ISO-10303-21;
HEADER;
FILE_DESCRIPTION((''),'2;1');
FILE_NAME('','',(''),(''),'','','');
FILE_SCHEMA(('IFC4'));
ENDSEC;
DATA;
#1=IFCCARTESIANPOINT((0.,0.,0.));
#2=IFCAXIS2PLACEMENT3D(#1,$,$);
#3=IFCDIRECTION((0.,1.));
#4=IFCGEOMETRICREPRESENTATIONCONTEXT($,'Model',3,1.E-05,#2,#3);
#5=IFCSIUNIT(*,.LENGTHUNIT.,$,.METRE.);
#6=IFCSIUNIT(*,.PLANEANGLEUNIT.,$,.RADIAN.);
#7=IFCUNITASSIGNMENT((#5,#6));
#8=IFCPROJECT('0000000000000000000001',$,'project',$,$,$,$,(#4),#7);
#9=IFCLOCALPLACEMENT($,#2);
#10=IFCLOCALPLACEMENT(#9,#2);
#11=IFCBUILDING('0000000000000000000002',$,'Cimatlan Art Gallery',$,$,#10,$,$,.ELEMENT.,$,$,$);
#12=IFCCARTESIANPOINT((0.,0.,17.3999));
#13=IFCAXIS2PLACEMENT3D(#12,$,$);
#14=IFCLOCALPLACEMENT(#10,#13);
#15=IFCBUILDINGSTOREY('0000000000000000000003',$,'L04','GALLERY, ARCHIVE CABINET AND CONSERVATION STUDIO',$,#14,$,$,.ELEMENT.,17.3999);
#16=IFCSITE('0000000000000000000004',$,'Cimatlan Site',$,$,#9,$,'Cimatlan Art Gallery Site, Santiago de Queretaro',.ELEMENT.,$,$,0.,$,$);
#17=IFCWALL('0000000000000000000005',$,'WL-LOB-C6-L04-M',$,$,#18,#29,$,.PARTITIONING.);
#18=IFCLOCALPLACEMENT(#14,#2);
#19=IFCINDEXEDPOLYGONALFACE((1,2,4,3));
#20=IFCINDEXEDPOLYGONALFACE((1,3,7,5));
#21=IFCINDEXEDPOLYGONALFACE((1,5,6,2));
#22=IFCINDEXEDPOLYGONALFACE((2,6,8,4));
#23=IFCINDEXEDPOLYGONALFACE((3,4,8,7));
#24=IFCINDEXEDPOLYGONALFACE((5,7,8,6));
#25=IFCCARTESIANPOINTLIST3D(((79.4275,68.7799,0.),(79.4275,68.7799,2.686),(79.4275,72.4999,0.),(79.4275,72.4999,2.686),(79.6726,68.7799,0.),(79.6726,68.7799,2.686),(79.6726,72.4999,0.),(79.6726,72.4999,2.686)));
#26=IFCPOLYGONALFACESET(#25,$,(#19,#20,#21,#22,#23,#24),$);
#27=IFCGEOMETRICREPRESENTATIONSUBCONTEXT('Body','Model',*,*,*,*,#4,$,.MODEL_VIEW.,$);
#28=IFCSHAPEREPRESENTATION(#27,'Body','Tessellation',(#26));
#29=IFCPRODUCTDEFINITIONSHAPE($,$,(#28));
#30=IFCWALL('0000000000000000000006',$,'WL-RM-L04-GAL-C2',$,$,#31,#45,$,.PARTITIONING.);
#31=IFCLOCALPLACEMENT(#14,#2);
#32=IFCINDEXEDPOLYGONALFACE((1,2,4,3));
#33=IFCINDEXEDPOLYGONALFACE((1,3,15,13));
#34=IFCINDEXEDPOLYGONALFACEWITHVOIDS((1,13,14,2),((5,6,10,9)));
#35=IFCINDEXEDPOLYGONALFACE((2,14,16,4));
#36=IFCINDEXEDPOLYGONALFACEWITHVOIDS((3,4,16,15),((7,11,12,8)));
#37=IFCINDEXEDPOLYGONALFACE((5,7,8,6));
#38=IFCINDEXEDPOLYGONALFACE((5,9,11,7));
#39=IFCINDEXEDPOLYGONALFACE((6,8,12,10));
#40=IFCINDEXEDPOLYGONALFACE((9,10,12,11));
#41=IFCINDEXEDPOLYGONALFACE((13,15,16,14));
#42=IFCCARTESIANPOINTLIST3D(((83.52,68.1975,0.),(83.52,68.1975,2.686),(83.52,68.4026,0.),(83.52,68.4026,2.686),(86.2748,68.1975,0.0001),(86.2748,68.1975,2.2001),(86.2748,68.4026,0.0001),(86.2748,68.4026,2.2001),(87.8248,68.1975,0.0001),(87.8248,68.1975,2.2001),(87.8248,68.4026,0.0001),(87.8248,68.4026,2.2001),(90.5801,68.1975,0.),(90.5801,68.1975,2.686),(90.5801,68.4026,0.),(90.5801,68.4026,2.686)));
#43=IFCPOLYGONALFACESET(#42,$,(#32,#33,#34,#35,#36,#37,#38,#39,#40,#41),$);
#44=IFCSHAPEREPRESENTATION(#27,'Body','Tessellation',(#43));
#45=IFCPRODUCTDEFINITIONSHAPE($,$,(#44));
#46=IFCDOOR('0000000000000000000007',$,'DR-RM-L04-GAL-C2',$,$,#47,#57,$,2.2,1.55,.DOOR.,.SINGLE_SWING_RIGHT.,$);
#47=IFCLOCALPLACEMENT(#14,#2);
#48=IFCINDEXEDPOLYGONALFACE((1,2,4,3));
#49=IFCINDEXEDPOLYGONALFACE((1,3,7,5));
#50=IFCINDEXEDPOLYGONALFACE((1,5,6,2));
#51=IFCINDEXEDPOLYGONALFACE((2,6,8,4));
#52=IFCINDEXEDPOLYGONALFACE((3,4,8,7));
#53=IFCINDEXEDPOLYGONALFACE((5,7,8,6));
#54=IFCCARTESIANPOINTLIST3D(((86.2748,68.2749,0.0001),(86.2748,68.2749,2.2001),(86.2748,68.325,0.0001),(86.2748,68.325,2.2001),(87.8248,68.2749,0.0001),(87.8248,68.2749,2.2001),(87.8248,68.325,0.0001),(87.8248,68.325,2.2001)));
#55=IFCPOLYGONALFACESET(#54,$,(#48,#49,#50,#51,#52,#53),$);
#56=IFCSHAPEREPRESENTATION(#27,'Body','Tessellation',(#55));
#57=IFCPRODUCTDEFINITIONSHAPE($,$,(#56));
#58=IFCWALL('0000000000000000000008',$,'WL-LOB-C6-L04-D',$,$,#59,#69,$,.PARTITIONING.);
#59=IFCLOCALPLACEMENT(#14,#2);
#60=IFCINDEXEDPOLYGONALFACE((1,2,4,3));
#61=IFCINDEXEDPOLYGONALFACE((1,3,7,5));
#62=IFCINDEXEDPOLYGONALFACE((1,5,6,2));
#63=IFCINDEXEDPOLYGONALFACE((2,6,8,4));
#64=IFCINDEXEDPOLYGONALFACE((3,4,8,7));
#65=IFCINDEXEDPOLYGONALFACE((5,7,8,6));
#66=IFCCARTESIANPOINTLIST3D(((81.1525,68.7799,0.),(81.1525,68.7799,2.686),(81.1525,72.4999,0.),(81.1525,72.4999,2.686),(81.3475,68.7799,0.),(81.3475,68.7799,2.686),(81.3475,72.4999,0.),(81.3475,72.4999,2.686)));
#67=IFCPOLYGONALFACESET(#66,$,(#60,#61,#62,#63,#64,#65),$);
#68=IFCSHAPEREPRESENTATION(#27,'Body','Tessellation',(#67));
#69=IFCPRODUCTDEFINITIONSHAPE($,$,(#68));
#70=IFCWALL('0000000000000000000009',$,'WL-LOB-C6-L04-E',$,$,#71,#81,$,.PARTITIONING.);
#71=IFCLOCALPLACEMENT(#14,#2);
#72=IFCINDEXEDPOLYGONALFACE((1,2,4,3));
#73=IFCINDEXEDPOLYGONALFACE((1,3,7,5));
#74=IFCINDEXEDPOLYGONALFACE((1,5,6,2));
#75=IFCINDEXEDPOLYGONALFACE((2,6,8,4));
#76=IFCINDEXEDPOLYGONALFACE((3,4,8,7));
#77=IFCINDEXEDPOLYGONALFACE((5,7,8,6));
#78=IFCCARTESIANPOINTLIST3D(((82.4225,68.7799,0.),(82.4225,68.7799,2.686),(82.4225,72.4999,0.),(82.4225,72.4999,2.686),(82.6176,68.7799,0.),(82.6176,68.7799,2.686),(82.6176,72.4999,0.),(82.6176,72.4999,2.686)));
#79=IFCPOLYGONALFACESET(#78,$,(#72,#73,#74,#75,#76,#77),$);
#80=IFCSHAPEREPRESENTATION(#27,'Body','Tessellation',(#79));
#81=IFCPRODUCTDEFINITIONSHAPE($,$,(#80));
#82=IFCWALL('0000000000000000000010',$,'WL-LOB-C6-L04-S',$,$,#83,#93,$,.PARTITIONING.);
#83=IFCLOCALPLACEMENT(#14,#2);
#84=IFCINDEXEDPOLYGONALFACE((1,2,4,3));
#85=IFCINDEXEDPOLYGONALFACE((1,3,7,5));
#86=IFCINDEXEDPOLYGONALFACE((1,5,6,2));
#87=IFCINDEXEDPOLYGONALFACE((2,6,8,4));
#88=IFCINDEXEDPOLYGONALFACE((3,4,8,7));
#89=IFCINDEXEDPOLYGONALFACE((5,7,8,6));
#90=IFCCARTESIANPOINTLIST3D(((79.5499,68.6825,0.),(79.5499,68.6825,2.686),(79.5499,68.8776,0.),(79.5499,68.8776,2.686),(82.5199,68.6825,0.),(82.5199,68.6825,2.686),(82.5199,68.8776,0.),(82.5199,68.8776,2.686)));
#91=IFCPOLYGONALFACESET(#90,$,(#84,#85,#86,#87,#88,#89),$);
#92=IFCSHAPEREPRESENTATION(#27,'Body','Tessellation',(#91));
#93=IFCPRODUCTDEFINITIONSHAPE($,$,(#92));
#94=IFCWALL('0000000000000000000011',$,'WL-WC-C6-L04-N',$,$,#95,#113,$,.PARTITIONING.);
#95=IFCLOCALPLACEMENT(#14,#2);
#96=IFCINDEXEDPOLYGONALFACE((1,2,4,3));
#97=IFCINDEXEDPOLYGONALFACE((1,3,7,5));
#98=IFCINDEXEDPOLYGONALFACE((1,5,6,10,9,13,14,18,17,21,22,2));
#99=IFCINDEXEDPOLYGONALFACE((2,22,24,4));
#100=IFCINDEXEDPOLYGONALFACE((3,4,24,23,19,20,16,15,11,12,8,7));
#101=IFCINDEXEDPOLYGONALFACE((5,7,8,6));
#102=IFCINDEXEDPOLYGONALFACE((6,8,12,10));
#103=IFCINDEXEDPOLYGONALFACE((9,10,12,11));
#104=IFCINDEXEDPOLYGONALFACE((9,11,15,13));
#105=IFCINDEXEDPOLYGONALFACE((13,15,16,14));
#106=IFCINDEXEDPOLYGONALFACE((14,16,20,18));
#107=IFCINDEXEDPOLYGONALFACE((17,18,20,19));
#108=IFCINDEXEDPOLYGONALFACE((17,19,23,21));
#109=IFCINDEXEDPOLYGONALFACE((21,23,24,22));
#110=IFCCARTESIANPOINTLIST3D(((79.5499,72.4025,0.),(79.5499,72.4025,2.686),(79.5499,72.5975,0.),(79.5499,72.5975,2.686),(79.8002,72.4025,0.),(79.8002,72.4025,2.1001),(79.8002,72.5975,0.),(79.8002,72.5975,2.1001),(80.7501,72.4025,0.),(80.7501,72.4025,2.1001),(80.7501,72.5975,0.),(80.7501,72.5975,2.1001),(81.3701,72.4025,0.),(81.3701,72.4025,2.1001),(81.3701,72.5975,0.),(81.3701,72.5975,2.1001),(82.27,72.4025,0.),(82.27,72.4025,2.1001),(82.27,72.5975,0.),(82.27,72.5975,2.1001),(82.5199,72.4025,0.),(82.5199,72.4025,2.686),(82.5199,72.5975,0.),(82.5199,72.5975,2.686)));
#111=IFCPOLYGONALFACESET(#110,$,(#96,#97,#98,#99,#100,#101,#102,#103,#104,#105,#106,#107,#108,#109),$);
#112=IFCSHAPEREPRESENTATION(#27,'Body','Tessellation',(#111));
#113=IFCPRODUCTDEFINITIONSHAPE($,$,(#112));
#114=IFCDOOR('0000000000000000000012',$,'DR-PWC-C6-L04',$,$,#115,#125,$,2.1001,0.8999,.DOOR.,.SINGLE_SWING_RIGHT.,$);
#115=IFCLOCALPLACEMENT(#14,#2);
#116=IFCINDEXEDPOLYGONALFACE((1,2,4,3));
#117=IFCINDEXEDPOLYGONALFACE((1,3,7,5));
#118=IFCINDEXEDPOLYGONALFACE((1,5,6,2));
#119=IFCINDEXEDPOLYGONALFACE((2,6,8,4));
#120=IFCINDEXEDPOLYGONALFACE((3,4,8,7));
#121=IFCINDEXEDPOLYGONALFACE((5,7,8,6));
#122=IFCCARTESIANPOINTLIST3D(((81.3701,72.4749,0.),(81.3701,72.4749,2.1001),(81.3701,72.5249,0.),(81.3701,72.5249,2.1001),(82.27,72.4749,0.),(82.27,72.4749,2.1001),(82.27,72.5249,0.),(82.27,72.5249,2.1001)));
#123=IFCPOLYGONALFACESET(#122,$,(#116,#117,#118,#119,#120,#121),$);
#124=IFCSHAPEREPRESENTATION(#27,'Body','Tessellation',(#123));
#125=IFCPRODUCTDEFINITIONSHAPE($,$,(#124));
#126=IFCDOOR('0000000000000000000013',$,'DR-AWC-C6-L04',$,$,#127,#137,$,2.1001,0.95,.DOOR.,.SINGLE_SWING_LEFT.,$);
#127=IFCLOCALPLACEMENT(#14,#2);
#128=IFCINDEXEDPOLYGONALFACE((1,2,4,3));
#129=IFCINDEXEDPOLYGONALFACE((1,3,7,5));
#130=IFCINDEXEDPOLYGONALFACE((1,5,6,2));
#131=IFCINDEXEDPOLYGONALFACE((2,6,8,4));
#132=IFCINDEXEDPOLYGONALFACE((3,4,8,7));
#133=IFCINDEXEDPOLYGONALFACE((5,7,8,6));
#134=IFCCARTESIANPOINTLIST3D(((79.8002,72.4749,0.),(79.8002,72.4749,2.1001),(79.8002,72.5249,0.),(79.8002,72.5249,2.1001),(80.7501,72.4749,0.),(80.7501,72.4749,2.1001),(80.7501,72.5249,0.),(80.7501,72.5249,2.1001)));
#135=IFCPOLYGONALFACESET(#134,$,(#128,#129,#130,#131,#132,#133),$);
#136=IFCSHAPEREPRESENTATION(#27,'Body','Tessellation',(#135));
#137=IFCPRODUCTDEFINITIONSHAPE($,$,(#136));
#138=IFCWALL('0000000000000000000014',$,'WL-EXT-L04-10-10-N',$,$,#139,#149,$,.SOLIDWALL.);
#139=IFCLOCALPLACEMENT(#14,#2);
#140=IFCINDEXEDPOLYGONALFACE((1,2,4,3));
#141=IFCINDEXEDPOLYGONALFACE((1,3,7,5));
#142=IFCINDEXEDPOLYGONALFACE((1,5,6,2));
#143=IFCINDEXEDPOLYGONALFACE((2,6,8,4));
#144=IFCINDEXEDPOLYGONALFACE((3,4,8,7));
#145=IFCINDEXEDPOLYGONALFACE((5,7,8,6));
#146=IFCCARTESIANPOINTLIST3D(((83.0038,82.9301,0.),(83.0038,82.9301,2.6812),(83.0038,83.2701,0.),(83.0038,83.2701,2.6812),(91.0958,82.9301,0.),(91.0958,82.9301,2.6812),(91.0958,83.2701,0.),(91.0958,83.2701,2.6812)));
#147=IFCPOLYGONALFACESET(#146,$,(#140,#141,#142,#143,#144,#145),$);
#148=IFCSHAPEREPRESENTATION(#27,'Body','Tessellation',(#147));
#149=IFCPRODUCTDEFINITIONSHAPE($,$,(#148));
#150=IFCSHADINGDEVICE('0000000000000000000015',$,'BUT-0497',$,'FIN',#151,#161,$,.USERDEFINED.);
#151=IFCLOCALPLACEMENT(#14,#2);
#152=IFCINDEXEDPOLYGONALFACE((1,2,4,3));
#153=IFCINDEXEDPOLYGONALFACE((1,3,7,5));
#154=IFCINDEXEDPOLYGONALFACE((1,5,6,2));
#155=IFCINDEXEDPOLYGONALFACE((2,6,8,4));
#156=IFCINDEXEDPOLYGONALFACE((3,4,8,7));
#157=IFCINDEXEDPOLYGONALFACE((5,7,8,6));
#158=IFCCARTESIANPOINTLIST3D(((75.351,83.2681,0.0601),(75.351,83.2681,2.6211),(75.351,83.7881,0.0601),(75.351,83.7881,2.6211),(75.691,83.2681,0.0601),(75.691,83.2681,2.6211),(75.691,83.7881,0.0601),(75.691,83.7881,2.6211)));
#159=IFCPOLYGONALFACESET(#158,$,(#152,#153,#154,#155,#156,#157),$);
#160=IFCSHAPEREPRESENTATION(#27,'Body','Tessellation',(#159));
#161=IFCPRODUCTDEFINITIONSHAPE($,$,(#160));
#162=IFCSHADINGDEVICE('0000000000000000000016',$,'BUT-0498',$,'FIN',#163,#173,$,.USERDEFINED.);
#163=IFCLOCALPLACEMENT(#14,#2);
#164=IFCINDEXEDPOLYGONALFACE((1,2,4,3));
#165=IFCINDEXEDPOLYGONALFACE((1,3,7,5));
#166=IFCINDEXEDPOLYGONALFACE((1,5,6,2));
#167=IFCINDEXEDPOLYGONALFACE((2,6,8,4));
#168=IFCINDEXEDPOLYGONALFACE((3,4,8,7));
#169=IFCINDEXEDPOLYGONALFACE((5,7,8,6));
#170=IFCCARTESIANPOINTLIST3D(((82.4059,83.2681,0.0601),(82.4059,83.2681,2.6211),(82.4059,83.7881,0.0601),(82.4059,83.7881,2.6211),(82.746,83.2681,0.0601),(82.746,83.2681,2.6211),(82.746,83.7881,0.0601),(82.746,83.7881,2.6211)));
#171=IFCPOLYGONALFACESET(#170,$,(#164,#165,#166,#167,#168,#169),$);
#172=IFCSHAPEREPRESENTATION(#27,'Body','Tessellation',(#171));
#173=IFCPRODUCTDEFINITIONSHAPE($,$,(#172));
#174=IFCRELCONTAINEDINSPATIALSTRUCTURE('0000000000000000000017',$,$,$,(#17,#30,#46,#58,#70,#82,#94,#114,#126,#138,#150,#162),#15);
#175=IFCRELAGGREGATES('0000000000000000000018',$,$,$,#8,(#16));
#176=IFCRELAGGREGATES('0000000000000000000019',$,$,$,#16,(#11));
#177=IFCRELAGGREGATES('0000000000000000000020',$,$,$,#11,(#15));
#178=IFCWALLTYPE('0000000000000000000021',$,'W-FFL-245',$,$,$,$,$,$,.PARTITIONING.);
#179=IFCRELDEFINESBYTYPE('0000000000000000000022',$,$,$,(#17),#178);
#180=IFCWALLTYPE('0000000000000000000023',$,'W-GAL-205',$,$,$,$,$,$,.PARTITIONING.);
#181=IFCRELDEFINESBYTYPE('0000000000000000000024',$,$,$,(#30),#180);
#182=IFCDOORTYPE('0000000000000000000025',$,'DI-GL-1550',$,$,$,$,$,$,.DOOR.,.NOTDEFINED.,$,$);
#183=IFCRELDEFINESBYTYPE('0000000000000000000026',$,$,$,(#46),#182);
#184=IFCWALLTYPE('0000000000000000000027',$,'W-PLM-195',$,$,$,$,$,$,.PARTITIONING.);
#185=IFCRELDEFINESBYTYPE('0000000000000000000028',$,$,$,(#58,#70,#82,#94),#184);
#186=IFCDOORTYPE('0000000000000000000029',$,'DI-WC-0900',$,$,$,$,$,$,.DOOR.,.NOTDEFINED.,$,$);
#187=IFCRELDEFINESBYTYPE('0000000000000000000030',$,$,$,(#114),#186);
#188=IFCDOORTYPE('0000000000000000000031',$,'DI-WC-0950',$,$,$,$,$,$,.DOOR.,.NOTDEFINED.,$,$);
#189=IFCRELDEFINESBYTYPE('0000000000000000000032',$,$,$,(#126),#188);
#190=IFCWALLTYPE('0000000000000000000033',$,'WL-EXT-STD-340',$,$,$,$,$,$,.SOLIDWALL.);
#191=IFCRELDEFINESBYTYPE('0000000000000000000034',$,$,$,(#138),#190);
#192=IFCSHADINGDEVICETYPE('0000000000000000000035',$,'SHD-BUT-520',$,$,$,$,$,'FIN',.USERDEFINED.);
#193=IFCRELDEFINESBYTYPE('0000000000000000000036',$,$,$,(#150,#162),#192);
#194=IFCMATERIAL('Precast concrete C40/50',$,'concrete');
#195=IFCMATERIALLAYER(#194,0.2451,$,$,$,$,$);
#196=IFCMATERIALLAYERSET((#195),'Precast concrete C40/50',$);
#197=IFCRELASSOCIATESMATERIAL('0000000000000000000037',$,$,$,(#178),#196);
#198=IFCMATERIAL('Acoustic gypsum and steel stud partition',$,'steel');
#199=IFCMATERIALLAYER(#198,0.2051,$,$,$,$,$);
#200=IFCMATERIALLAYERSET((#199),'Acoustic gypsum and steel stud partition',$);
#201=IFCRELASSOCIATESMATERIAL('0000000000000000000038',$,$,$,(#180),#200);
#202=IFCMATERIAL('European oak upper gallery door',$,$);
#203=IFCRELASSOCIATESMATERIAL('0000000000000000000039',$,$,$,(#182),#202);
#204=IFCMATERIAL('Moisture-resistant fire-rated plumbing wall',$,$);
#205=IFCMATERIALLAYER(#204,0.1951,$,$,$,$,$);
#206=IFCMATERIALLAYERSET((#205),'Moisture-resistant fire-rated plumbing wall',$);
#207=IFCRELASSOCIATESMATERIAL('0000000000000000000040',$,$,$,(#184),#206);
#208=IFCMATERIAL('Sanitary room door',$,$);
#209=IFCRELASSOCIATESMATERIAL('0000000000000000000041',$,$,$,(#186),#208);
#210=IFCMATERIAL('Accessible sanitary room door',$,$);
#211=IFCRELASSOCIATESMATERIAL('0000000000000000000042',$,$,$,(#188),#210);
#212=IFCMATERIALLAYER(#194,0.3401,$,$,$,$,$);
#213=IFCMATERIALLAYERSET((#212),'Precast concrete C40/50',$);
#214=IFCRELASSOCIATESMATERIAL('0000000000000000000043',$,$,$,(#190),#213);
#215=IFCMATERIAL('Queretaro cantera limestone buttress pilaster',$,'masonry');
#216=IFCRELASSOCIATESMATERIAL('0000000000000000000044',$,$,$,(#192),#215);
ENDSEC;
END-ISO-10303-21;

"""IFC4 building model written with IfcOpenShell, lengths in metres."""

from ifc_helpers import new_model, si_unit, direction, frame, frame_2d, origin, origin_2d, place, context, subcontext, project, spatial, rectangle, extrude, material, layer, layer_set, type_object, element, fill, save


model = new_model("IFC4")

# Units and contexts
model_context = context("Model", 3, precision=1e-05, world=origin(), true_north=direction((0.0, 1.0)))
body_context = subcontext(model_context, "Body", "Model", "MODEL_VIEW")
ifc_project = project(units=[si_unit("LENGTHUNIT", "METRE"), si_unit("PLANEANGLEUNIT", "RADIAN")], contexts=[model_context])

# Site, building, storey
site_placement = place(None, origin())
site = spatial("IfcSite", under=ifc_project, at=site_placement, Name="Cimatlan Site", LongName="Cimatlan Art Gallery Site, Santiago de Queretaro", CompositionType="ELEMENT", RefElevation=0.0)
building_placement = place(site_placement, origin())
building = spatial("IfcBuilding", under=site, at=building_placement, Name="Cimatlan Art Gallery", CompositionType="ELEMENT")
storey_placement = place(building_placement, frame((0.0, 0.0, 17.3999)))
storey = spatial("IfcBuildingStorey", under=building, at=storey_placement, Name="L04", Description="GALLERY, ARCHIVE CABINET AND CONSERVATION STUDIO", CompositionType="ELEMENT", Elevation=17.3999)

# Wall
ifc_material_1 = material(Name="Precast concrete C40/50", Category="concrete")
ifc_layer_1 = layer(ifc_material_1, 0.2451)
ifc_layer_set_1 = layer_set([ifc_layer_1], Name="Precast concrete C40/50")
wall_type_1 = type_object("IfcWallType", Name="W-FFL-245", PredefinedType="PARTITIONING", material=ifc_layer_set_1)
wall_1_placement = place(storey_placement, frame((79.55, 68.78, 0.0), z_axis=(0.0, 0.0, 1.0), x_axis=(0.0, 1.0, 0.0)))
element("IfcWall", 1, at=wall_1_placement, inside=storey, type_object=wall_type_1, Name="WL-LOB-C6-L04-M", PredefinedType="PARTITIONING", context=body_context, shape_type="SweptSolid", body=[
    extrude(rectangle(XDim=3.72, YDim=0.2451, at=frame_2d((1.8599, 0.0))), origin(), (0.0, 0.0, 1.0), 2.686),
])

# Wall, opening, door
ifc_material_2 = material(Name="Acoustic gypsum and steel stud partition", Category="steel")
ifc_layer_2 = layer(ifc_material_2, 0.2051)
ifc_layer_set_2 = layer_set([ifc_layer_2], Name="Acoustic gypsum and steel stud partition")
wall_type_2 = type_object("IfcWallType", Name="W-GAL-205", PredefinedType="PARTITIONING", material=ifc_layer_set_2)
wall_2_placement = place(storey_placement, frame((83.52, 68.3, 0.0), z_axis=(0.0, 0.0, 1.0), x_axis=(1.0, 0.0, 0.0)))
wall_2 = element("IfcWall", 2, at=wall_2_placement, inside=storey, type_object=wall_type_2, Name="WL-RM-L04-GAL-C2", PredefinedType="PARTITIONING", context=body_context, shape_type="SweptSolid", body=[
    extrude(rectangle(XDim=7.0601, YDim=0.2051, at=frame_2d((3.53, 0.0))), origin(), (0.0, 0.0, 1.0), 2.686),
])
opening_1_placement = place(wall_2_placement, frame((2.7549, 0.0, 0.0)))
opening_1 = element("IfcOpeningElement", 3, at=opening_1_placement, cuts=wall_2, PredefinedType="OPENING", context=body_context, shape_type="SweptSolid", body=[
    extrude(rectangle(XDim=1.55, YDim=2.2, at=frame_2d((0.7749, 1.1001))), frame((0.0, 0.1125, 0.0), z_axis=(0.0, -1.0, 0.0), x_axis=(1.0, 0.0, 0.0)), (0.0, 0.0, 1.0), 0.2251),
])
ifc_material_3 = material(Name="European oak upper gallery door")
door_type_1 = type_object("IfcDoorType", Name="DI-GL-1550", OperationType="NOTDEFINED", PredefinedType="DOOR", material=ifc_material_3)
door_1_placement = place(opening_1_placement, origin())
door_1 = element("IfcDoor", 4, at=door_1_placement, inside=storey, type_object=door_type_1, Name="DR-RM-L04-GAL-C2", OperationType="SINGLE_SWING_RIGHT", OverallHeight=2.2, OverallWidth=1.55, PredefinedType="DOOR", context=body_context, shape_type="SweptSolid", body=[
    extrude(rectangle(XDim=1.55, YDim=2.2, at=frame_2d((0.7749, 1.1001))), frame((0.0, 0.0249, 0.0), z_axis=(0.0, -1.0, 0.0), x_axis=(1.0, 0.0, 0.0)), (0.0, 0.0, 1.0), 0.05),
])
fill(opening_1, door_1)

# Walls
ifc_material_4 = material(Name="Moisture-resistant fire-rated plumbing wall")
ifc_layer_3 = layer(ifc_material_4, 0.1951)
ifc_layer_set_3 = layer_set([ifc_layer_3], Name="Moisture-resistant fire-rated plumbing wall")
wall_type_3 = type_object("IfcWallType", Name="W-PLM-195", PredefinedType="PARTITIONING", material=ifc_layer_set_3)
for number, where, z_axis, x_axis, name in (
    (5, (81.25, 68.78, 0.0), (0.0, 0.0, 1.0), (0.0, 1.0, 0.0), "WL-LOB-C6-L04-D"),
    (6, (82.52, 68.78, 0.0), (0.0, 0.0, 1.0), (0.0, 1.0, 0.0), "WL-LOB-C6-L04-E"),
):
    element("IfcWall", number, at=place(storey_placement, frame(where, z_axis=z_axis, x_axis=x_axis)), inside=storey, type_object=wall_type_3, Name=name, PredefinedType="PARTITIONING", context=body_context, shape_type="SweptSolid", body=[
        extrude(rectangle(XDim=3.72, YDim=0.1951, at=frame_2d((1.8599, 0.0))), origin(), (0.0, 0.0, 1.0), 2.686),
    ])
wall_3_placement = place(storey_placement, frame((79.55, 68.78, 0.0), z_axis=(0.0, 0.0, 1.0), x_axis=(1.0, 0.0, 0.0)))
element("IfcWall", 7, at=wall_3_placement, inside=storey, type_object=wall_type_3, Name="WL-LOB-C6-L04-S", PredefinedType="PARTITIONING", context=body_context, shape_type="SweptSolid", body=[
    extrude(rectangle(XDim=2.97, YDim=0.1951, at=frame_2d((1.4849, 0.0))), origin(), (0.0, 0.0, 1.0), 2.686),
])

# Wall, openings, doors
wall_4_placement = place(storey_placement, frame((79.55, 72.5, 0.0), z_axis=(0.0, 0.0, 1.0), x_axis=(1.0, 0.0, 0.0)))
wall_4 = element("IfcWall", 8, at=wall_4_placement, inside=storey, type_object=wall_type_3, Name="WL-WC-C6-L04-N", PredefinedType="PARTITIONING", context=body_context, shape_type="SweptSolid", body=[
    extrude(rectangle(XDim=2.97, YDim=0.1951, at=frame_2d((1.4849, 0.0))), origin(), (0.0, 0.0, 1.0), 2.686),
])
opening_2_placement = place(wall_4_placement, frame((0.25, 0.0, 0.0)))
opening_2 = element("IfcOpeningElement", 9, at=opening_2_placement, cuts=wall_4, PredefinedType="OPENING", context=body_context, shape_type="SweptSolid", body=[
    extrude(rectangle(XDim=0.95, YDim=2.1001, at=frame_2d((0.4751, 1.05))), frame((0.0, 0.1074, 0.0), z_axis=(0.0, -1.0, 0.0), x_axis=(1.0, 0.0, 0.0)), (0.0, 0.0, 1.0), 0.2151),
])
opening_3_placement = place(wall_4_placement, frame((1.8201, 0.0, 0.0)))
opening_3 = element("IfcOpeningElement", 10, at=opening_3_placement, cuts=wall_4, PredefinedType="OPENING", context=body_context, shape_type="SweptSolid", body=[
    extrude(rectangle(XDim=0.8999, YDim=2.1001, at=frame_2d((0.45, 1.05))), frame((0.0, 0.1074, 0.0), z_axis=(0.0, -1.0, 0.0), x_axis=(1.0, 0.0, 0.0)), (0.0, 0.0, 1.0), 0.2151),
])
ifc_material_5 = material(Name="Sanitary room door")
door_type_2 = type_object("IfcDoorType", Name="DI-WC-0900", OperationType="NOTDEFINED", PredefinedType="DOOR", material=ifc_material_5)
door_2_placement = place(opening_3_placement, origin())
door_2 = element("IfcDoor", 11, at=door_2_placement, inside=storey, type_object=door_type_2, Name="DR-PWC-C6-L04", OperationType="SINGLE_SWING_RIGHT", OverallHeight=2.1001, OverallWidth=0.8999, PredefinedType="DOOR", context=body_context, shape_type="SweptSolid", body=[
    extrude(rectangle(XDim=0.8999, YDim=2.1001, at=frame_2d((0.45, 1.05))), frame((0.0, 0.0249, 0.0), z_axis=(0.0, -1.0, 0.0), x_axis=(1.0, 0.0, 0.0)), (0.0, 0.0, 1.0), 0.05),
])
fill(opening_3, door_2)
ifc_material_6 = material(Name="Accessible sanitary room door")
door_type_3 = type_object("IfcDoorType", Name="DI-WC-0950", OperationType="NOTDEFINED", PredefinedType="DOOR", material=ifc_material_6)
door_3_placement = place(opening_2_placement, origin())
door_3 = element("IfcDoor", 12, at=door_3_placement, inside=storey, type_object=door_type_3, Name="DR-AWC-C6-L04", OperationType="SINGLE_SWING_LEFT", OverallHeight=2.1001, OverallWidth=0.95, PredefinedType="DOOR", context=body_context, shape_type="SweptSolid", body=[
    extrude(rectangle(XDim=0.95, YDim=2.1001, at=frame_2d((0.4751, 1.05))), frame((0.0, 0.0249, 0.0), z_axis=(0.0, -1.0, 0.0), x_axis=(1.0, 0.0, 0.0)), (0.0, 0.0, 1.0), 0.05),
])
fill(opening_2, door_3)

# Wall
ifc_layer_4 = layer(ifc_material_1, 0.3401)
ifc_layer_set_4 = layer_set([ifc_layer_4], Name="Precast concrete C40/50")
wall_type_4 = type_object("IfcWallType", Name="WL-EXT-STD-340", PredefinedType="SOLIDWALL", material=ifc_layer_set_4)
wall_5_placement = place(storey_placement, frame((83.0039, 83.1001, 0.0), z_axis=(0.0, 0.0, 1.0), x_axis=(1.0, 0.0, 0.0)))
element("IfcWall", 13, at=wall_5_placement, inside=storey, type_object=wall_type_4, Name="WL-EXT-L04-10-10-N", PredefinedType="SOLIDWALL", context=body_context, shape_type="SweptSolid", body=[
    extrude(rectangle(XDim=8.092, YDim=0.3401, at=frame_2d((4.0459, 0.0))), origin(), (0.0, 0.0, 1.0), 2.6812),
])

# Shading devices
ifc_material_7 = material(Name="Queretaro cantera limestone buttress pilaster", Category="masonry")
shading_device_type = type_object("IfcShadingDeviceType", Name="SHD-BUT-520", ElementType="FIN", PredefinedType="USERDEFINED", material=ifc_material_7)
for number, where, z_axis, x_axis, name in (
    (14, (75.521, 83.5281, 0.0601), (0.0, 0.0, 1.0), (1.0, 0.0, 0.0), "BUT-0497"),
    (15, (82.5759, 83.5281, 0.0601), (0.0, 0.0, 1.0), (1.0, 0.0, 0.0), "BUT-0498"),
):
    element("IfcShadingDevice", number, at=place(storey_placement, frame(where, z_axis=z_axis, x_axis=x_axis)), inside=storey, type_object=shading_device_type, Name=name, ObjectType="FIN", PredefinedType="USERDEFINED", context=body_context, shape_type="SweptSolid", body=[
        extrude(rectangle(XDim=0.3401, YDim=0.52, at=origin_2d()), origin(), (0.0, 0.0, 1.0), 2.561),
    ])

save(model, "model.ifc")
